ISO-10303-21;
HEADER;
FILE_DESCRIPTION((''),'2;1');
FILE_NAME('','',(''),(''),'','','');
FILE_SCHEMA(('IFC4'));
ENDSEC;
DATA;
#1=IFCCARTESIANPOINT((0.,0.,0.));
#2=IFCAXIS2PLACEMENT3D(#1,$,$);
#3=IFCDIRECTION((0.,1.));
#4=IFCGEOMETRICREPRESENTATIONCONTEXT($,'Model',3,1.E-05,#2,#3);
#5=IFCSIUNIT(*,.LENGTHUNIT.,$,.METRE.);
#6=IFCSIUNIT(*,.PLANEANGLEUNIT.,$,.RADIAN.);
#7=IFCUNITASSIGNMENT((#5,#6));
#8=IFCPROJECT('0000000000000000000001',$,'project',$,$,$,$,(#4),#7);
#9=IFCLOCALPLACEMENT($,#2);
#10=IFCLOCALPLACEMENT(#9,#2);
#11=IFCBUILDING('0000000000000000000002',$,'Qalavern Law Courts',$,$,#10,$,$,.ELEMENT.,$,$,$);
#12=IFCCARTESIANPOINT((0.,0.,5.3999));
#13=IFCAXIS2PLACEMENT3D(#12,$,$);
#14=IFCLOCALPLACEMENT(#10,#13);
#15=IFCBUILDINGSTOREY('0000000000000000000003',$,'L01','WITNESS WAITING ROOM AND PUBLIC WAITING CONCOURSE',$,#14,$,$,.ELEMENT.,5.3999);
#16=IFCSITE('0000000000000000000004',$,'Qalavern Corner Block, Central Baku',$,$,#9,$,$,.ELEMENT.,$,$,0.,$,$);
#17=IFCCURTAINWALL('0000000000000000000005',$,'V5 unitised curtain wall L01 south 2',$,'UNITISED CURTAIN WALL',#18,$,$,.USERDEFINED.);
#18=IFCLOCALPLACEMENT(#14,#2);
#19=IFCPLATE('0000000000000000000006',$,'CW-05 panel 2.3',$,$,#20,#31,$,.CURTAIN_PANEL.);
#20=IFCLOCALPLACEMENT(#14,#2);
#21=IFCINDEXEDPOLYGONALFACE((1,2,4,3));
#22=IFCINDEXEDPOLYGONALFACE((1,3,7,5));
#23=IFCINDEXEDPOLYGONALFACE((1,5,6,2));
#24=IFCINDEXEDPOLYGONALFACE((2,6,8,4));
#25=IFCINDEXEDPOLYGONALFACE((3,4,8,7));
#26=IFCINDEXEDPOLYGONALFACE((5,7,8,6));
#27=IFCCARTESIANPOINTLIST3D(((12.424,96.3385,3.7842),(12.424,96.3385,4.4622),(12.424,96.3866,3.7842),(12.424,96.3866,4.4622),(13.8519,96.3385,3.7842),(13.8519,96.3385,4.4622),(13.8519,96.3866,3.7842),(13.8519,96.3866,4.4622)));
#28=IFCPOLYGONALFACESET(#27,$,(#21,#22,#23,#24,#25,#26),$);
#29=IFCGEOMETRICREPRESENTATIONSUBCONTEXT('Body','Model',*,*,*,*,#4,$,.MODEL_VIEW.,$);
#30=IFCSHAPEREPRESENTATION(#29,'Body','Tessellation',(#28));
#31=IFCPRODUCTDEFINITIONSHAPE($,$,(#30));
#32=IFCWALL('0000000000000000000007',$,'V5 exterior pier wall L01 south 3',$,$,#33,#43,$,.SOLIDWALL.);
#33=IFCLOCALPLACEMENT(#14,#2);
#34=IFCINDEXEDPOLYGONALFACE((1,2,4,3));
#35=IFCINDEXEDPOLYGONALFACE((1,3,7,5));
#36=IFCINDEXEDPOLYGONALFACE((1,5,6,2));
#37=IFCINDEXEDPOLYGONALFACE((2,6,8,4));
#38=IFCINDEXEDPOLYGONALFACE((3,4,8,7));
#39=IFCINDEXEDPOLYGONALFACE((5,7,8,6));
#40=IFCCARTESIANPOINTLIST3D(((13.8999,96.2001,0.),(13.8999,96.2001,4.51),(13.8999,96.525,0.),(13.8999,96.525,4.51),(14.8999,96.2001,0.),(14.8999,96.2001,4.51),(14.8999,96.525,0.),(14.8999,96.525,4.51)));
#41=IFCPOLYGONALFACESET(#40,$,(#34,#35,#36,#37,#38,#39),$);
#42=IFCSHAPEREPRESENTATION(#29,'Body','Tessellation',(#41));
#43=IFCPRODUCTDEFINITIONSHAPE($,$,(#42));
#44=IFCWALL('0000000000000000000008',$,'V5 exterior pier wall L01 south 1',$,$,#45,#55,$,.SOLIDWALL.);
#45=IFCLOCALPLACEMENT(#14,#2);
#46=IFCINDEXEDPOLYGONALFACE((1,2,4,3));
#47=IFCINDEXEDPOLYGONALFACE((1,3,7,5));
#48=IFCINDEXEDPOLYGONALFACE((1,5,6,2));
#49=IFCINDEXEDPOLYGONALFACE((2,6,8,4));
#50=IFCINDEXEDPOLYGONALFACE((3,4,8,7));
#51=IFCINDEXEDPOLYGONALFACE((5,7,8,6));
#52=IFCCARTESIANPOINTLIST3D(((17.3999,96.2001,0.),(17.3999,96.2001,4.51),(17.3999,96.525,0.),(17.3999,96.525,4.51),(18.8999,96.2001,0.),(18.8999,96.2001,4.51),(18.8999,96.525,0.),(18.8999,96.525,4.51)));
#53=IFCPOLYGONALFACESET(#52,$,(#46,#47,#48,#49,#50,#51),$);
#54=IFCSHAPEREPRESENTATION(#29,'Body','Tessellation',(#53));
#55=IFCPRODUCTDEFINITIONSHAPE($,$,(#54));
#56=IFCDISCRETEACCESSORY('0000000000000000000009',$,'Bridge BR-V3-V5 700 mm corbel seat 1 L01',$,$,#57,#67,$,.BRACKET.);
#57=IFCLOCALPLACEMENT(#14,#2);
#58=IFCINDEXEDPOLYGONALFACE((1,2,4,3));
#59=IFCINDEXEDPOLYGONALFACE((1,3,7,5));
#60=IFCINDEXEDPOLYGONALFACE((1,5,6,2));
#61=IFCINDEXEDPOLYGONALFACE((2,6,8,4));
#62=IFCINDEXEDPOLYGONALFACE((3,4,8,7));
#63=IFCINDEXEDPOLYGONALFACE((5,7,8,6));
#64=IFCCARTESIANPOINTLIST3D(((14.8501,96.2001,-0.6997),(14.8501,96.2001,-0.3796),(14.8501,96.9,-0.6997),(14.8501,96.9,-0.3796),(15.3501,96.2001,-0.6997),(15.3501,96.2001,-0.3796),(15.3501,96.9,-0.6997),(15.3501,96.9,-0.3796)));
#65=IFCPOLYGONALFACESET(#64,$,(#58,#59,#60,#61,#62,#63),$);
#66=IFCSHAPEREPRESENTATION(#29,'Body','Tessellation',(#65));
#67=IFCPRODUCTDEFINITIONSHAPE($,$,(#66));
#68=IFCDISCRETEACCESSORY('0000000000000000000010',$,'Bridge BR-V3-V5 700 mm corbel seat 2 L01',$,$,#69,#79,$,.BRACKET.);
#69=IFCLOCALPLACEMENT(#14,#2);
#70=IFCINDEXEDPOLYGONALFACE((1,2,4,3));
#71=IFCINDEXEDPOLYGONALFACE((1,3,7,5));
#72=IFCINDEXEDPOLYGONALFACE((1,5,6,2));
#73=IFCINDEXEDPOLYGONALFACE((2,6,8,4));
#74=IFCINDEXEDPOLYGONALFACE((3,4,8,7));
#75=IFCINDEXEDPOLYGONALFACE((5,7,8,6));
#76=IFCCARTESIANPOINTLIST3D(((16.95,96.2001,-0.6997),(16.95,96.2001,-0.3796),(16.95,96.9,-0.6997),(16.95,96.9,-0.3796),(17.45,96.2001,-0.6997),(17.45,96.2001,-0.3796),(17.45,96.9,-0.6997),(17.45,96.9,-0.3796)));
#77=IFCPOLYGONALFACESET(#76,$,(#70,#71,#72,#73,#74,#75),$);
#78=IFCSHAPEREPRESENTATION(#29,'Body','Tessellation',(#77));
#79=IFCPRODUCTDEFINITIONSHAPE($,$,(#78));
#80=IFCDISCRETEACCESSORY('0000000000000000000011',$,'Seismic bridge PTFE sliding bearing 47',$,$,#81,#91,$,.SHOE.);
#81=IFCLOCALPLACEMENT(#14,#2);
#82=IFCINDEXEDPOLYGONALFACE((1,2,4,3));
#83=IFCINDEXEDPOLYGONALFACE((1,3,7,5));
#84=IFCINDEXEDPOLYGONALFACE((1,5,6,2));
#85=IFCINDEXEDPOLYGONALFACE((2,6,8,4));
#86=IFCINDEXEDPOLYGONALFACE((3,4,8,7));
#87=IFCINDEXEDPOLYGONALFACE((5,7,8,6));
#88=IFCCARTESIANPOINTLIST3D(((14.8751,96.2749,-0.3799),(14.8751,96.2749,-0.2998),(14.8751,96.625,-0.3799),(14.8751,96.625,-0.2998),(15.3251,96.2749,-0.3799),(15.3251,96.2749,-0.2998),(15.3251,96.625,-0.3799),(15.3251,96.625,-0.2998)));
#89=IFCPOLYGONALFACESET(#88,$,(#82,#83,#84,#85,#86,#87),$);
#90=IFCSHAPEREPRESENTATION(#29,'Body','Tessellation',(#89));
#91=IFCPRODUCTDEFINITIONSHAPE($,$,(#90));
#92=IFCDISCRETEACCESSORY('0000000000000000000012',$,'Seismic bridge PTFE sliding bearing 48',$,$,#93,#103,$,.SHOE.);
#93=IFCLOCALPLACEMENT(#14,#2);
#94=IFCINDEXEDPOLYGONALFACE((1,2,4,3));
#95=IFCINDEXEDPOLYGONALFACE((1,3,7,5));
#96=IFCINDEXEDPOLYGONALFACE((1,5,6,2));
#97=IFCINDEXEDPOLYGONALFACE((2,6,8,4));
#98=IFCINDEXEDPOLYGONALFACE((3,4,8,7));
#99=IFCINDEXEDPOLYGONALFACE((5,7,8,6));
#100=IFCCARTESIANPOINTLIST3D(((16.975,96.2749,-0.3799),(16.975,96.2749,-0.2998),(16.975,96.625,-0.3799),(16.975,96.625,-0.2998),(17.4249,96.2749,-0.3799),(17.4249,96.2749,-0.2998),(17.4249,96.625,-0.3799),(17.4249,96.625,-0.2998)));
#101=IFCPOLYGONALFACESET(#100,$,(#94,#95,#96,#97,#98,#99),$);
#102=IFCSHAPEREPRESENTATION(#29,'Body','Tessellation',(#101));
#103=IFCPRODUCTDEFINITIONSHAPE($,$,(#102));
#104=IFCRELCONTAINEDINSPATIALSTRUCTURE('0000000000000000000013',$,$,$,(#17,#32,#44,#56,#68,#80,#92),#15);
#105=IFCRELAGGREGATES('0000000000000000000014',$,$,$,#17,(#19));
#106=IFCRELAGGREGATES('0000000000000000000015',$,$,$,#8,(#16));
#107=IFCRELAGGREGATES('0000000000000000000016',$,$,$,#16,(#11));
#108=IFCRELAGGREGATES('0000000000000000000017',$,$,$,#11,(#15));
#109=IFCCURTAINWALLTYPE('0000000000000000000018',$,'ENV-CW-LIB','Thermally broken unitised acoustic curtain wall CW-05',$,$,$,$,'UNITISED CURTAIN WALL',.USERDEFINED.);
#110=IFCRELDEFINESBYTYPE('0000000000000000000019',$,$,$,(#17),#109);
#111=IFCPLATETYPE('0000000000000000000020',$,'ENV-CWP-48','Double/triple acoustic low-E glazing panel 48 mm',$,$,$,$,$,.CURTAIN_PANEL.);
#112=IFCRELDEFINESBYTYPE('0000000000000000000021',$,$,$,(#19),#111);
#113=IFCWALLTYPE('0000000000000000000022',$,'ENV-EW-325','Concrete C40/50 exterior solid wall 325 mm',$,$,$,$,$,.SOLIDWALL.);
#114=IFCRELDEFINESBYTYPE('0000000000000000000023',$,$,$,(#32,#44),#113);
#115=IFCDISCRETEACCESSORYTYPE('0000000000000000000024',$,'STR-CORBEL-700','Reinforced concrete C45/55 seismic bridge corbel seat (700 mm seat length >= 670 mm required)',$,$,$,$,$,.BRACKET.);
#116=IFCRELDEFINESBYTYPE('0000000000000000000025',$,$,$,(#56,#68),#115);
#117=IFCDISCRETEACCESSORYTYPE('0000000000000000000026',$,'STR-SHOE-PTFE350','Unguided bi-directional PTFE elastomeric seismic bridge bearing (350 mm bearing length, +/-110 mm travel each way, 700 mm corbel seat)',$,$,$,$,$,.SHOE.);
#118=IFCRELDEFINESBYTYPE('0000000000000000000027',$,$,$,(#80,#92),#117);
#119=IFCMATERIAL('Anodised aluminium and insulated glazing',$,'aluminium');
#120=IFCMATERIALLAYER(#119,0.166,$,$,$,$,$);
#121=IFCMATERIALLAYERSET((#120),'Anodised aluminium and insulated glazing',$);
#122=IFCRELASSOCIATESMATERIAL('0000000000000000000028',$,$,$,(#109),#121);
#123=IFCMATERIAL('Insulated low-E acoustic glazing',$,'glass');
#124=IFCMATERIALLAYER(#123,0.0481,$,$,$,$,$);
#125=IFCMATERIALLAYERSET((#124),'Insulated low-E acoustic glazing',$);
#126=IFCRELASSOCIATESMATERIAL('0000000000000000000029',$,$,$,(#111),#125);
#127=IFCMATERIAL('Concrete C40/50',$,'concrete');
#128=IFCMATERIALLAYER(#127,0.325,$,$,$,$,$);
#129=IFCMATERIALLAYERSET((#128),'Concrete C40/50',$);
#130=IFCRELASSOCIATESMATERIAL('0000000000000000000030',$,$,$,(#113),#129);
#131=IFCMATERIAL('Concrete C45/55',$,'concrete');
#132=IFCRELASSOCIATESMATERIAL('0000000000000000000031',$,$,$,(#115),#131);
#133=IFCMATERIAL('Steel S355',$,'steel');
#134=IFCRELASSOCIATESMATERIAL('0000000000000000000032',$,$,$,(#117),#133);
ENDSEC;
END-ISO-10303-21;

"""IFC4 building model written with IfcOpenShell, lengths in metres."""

from ifc_helpers import new_model, si_unit, direction, frame, frame_2d, origin, origin_2d, place, context, subcontext, project, spatial, rectangle, extrude, material, layer, layer_set, type_object, element, aggregate, save


model = new_model("IFC4")

# Units and contexts
model_context = context("Model", 3, precision=1e-05, world=origin(), true_north=direction((0.0, 1.0)))
body_context = subcontext(model_context, "Body", "Model", "MODEL_VIEW")
ifc_project = project(units=[si_unit("LENGTHUNIT", "METRE"), si_unit("PLANEANGLEUNIT", "RADIAN")], contexts=[model_context])

# Site, building, storey
site_placement = place(None, origin())
site = spatial("IfcSite", under=ifc_project, at=site_placement, Name="Qalavern Corner Block, Central Baku", CompositionType="ELEMENT", RefElevation=0.0)
building_placement = place(site_placement, origin())
building = spatial("IfcBuilding", under=site, at=building_placement, Name="Qalavern Law Courts", CompositionType="ELEMENT")
storey_placement = place(building_placement, frame((0.0, 0.0, 5.3999)))
storey = spatial("IfcBuildingStorey", under=building, at=storey_placement, Name="L01", Description="WITNESS WAITING ROOM AND PUBLIC WAITING CONCOURSE", CompositionType="ELEMENT", Elevation=5.3999)

# Shared definitions
ifc_material_1 = material(Name="Concrete C45/55", Category="concrete")

# Curtain wall
ifc_material_2 = material(Name="Anodised aluminium and insulated glazing", Category="aluminium")
ifc_layer_1 = layer(ifc_material_2, 0.166)
ifc_layer_set_1 = layer_set([ifc_layer_1], Name="Anodised aluminium and insulated glazing")
curtain_wall_type = type_object("IfcCurtainWallType", Name="ENV-CW-LIB", Description="Thermally broken unitised acoustic curtain wall CW-05", ElementType="UNITISED CURTAIN WALL", PredefinedType="USERDEFINED", material=ifc_layer_set_1)
curtain_wall_placement = place(storey_placement, origin())
curtain_wall = element("IfcCurtainWall", 1, at=curtain_wall_placement, inside=storey, type_object=curtain_wall_type, Name="V5 unitised curtain wall L01 south 2", ObjectType="UNITISED CURTAIN WALL", PredefinedType="USERDEFINED")

# Shared definitions
ifc_material_3 = material(Name="Steel S355", Category="steel")
ifc_material_4 = material(Name="Concrete C40/50", Category="concrete")

# Plate
ifc_material_5 = material(Name="Insulated low-E acoustic glazing", Category="glass")
ifc_layer_2 = layer(ifc_material_5, 0.0481)
ifc_layer_set_2 = layer_set([ifc_layer_2], Name="Insulated low-E acoustic glazing")
plate_type = type_object("IfcPlateType", Name="ENV-CWP-48", Description="Double/triple acoustic low-E glazing panel 48 mm", PredefinedType="CURTAIN_PANEL", material=ifc_layer_set_2)
plate_1_placement = place(storey_placement, frame((13.1379, 96.3625, 3.7842), z_axis=(0.0, 0.0, 1.0), x_axis=(1.0, 0.0, 0.0)))
plate_1 = element("IfcPlate", 2, at=plate_1_placement, type_object=plate_type, Name="CW-05 panel 2.3", PredefinedType="CURTAIN_PANEL", context=body_context, shape_type="SweptSolid", body=[
    extrude(rectangle(XDim=1.428, YDim=0.0481, at=origin_2d()), origin(), (0.0, 0.0, 1.0), 0.678),
])
aggregate(curtain_wall, [plate_1])

# Walls
ifc_layer_3 = layer(ifc_material_4, 0.325)
ifc_layer_set_3 = layer_set([ifc_layer_3], Name="Concrete C40/50")
wall_type = type_object("IfcWallType", Name="ENV-EW-325", Description="Concrete C40/50 exterior solid wall 325 mm", PredefinedType="SOLIDWALL", material=ifc_layer_set_3)
wall_1_placement = place(storey_placement, frame((13.8999, 96.3625, 0.0), z_axis=(0.0, 0.0, 1.0), x_axis=(1.0, 0.0, 0.0)))
element("IfcWall", 3, at=wall_1_placement, inside=storey, type_object=wall_type, Name="V5 exterior pier wall L01 south 3", PredefinedType="SOLIDWALL", context=body_context, shape_type="SweptSolid", body=[
    extrude(rectangle(XDim=1.0, YDim=0.325, at=frame_2d((0.5, 0.0))), origin(), (0.0, 0.0, 1.0), 4.51),
])
wall_2_placement = place(storey_placement, frame((17.3999, 96.3625, 0.0), z_axis=(0.0, 0.0, 1.0), x_axis=(1.0, 0.0, 0.0)))
element("IfcWall", 4, at=wall_2_placement, inside=storey, type_object=wall_type, Name="V5 exterior pier wall L01 south 1", PredefinedType="SOLIDWALL", context=body_context, shape_type="SweptSolid", body=[
    extrude(rectangle(XDim=1.5, YDim=0.325, at=frame_2d((0.75, 0.0))), origin(), (0.0, 0.0, 1.0), 4.51),
])

# Discrete accessories
discrete_accessory_type_1 = type_object("IfcDiscreteAccessoryType", Name="STR-CORBEL-700", Description="Reinforced concrete C45/55 seismic bridge corbel seat (700 mm seat length >= 670 mm required)", PredefinedType="BRACKET", material=ifc_material_1)
for number, where, z_axis, x_axis, name in (
    (5, (15.1001, 96.55, -0.6997), (0.0, 0.0, 1.0), (1.0, 0.0, 0.0), "Bridge BR-V3-V5 700 mm corbel seat 1 L01"),
    (6, (17.2, 96.55, -0.6997), (0.0, 0.0, 1.0), (1.0, 0.0, 0.0), "Bridge BR-V3-V5 700 mm corbel seat 2 L01"),
):
    element("IfcDiscreteAccessory", number, at=place(storey_placement, frame(where, z_axis=z_axis, x_axis=x_axis)), inside=storey, type_object=discrete_accessory_type_1, Name=name, PredefinedType="BRACKET", context=body_context, shape_type="SweptSolid", body=[
        extrude(rectangle(XDim=0.5, YDim=0.7, at=origin_2d()), origin(), (0.0, 0.0, 1.0), 0.3201),
    ])
discrete_accessory_type_2 = type_object("IfcDiscreteAccessoryType", Name="STR-SHOE-PTFE350", Description="Unguided bi-directional PTFE elastomeric seismic bridge bearing (350 mm bearing length, +/-110 mm travel each way, 700 mm corbel seat)", PredefinedType="SHOE", material=ifc_material_3)
for number, where, z_axis, x_axis, name in (
    (7, (15.1001, 96.45, -0.3799), (0.0, 0.0, 1.0), (1.0, 0.0, 0.0), "Seismic bridge PTFE sliding bearing 47"),
    (8, (17.2, 96.45, -0.3799), (0.0, 0.0, 1.0), (1.0, 0.0, 0.0), "Seismic bridge PTFE sliding bearing 48"),
):
    element("IfcDiscreteAccessory", number, at=place(storey_placement, frame(where, z_axis=z_axis, x_axis=x_axis)), inside=storey, type_object=discrete_accessory_type_2, Name=name, PredefinedType="SHOE", context=body_context, shape_type="SweptSolid", body=[
        extrude(rectangle(XDim=0.45, YDim=0.3501, at=origin_2d()), origin(), (0.0, 0.0, 1.0), 0.0801),
    ])

save(model, "model.ifc")
